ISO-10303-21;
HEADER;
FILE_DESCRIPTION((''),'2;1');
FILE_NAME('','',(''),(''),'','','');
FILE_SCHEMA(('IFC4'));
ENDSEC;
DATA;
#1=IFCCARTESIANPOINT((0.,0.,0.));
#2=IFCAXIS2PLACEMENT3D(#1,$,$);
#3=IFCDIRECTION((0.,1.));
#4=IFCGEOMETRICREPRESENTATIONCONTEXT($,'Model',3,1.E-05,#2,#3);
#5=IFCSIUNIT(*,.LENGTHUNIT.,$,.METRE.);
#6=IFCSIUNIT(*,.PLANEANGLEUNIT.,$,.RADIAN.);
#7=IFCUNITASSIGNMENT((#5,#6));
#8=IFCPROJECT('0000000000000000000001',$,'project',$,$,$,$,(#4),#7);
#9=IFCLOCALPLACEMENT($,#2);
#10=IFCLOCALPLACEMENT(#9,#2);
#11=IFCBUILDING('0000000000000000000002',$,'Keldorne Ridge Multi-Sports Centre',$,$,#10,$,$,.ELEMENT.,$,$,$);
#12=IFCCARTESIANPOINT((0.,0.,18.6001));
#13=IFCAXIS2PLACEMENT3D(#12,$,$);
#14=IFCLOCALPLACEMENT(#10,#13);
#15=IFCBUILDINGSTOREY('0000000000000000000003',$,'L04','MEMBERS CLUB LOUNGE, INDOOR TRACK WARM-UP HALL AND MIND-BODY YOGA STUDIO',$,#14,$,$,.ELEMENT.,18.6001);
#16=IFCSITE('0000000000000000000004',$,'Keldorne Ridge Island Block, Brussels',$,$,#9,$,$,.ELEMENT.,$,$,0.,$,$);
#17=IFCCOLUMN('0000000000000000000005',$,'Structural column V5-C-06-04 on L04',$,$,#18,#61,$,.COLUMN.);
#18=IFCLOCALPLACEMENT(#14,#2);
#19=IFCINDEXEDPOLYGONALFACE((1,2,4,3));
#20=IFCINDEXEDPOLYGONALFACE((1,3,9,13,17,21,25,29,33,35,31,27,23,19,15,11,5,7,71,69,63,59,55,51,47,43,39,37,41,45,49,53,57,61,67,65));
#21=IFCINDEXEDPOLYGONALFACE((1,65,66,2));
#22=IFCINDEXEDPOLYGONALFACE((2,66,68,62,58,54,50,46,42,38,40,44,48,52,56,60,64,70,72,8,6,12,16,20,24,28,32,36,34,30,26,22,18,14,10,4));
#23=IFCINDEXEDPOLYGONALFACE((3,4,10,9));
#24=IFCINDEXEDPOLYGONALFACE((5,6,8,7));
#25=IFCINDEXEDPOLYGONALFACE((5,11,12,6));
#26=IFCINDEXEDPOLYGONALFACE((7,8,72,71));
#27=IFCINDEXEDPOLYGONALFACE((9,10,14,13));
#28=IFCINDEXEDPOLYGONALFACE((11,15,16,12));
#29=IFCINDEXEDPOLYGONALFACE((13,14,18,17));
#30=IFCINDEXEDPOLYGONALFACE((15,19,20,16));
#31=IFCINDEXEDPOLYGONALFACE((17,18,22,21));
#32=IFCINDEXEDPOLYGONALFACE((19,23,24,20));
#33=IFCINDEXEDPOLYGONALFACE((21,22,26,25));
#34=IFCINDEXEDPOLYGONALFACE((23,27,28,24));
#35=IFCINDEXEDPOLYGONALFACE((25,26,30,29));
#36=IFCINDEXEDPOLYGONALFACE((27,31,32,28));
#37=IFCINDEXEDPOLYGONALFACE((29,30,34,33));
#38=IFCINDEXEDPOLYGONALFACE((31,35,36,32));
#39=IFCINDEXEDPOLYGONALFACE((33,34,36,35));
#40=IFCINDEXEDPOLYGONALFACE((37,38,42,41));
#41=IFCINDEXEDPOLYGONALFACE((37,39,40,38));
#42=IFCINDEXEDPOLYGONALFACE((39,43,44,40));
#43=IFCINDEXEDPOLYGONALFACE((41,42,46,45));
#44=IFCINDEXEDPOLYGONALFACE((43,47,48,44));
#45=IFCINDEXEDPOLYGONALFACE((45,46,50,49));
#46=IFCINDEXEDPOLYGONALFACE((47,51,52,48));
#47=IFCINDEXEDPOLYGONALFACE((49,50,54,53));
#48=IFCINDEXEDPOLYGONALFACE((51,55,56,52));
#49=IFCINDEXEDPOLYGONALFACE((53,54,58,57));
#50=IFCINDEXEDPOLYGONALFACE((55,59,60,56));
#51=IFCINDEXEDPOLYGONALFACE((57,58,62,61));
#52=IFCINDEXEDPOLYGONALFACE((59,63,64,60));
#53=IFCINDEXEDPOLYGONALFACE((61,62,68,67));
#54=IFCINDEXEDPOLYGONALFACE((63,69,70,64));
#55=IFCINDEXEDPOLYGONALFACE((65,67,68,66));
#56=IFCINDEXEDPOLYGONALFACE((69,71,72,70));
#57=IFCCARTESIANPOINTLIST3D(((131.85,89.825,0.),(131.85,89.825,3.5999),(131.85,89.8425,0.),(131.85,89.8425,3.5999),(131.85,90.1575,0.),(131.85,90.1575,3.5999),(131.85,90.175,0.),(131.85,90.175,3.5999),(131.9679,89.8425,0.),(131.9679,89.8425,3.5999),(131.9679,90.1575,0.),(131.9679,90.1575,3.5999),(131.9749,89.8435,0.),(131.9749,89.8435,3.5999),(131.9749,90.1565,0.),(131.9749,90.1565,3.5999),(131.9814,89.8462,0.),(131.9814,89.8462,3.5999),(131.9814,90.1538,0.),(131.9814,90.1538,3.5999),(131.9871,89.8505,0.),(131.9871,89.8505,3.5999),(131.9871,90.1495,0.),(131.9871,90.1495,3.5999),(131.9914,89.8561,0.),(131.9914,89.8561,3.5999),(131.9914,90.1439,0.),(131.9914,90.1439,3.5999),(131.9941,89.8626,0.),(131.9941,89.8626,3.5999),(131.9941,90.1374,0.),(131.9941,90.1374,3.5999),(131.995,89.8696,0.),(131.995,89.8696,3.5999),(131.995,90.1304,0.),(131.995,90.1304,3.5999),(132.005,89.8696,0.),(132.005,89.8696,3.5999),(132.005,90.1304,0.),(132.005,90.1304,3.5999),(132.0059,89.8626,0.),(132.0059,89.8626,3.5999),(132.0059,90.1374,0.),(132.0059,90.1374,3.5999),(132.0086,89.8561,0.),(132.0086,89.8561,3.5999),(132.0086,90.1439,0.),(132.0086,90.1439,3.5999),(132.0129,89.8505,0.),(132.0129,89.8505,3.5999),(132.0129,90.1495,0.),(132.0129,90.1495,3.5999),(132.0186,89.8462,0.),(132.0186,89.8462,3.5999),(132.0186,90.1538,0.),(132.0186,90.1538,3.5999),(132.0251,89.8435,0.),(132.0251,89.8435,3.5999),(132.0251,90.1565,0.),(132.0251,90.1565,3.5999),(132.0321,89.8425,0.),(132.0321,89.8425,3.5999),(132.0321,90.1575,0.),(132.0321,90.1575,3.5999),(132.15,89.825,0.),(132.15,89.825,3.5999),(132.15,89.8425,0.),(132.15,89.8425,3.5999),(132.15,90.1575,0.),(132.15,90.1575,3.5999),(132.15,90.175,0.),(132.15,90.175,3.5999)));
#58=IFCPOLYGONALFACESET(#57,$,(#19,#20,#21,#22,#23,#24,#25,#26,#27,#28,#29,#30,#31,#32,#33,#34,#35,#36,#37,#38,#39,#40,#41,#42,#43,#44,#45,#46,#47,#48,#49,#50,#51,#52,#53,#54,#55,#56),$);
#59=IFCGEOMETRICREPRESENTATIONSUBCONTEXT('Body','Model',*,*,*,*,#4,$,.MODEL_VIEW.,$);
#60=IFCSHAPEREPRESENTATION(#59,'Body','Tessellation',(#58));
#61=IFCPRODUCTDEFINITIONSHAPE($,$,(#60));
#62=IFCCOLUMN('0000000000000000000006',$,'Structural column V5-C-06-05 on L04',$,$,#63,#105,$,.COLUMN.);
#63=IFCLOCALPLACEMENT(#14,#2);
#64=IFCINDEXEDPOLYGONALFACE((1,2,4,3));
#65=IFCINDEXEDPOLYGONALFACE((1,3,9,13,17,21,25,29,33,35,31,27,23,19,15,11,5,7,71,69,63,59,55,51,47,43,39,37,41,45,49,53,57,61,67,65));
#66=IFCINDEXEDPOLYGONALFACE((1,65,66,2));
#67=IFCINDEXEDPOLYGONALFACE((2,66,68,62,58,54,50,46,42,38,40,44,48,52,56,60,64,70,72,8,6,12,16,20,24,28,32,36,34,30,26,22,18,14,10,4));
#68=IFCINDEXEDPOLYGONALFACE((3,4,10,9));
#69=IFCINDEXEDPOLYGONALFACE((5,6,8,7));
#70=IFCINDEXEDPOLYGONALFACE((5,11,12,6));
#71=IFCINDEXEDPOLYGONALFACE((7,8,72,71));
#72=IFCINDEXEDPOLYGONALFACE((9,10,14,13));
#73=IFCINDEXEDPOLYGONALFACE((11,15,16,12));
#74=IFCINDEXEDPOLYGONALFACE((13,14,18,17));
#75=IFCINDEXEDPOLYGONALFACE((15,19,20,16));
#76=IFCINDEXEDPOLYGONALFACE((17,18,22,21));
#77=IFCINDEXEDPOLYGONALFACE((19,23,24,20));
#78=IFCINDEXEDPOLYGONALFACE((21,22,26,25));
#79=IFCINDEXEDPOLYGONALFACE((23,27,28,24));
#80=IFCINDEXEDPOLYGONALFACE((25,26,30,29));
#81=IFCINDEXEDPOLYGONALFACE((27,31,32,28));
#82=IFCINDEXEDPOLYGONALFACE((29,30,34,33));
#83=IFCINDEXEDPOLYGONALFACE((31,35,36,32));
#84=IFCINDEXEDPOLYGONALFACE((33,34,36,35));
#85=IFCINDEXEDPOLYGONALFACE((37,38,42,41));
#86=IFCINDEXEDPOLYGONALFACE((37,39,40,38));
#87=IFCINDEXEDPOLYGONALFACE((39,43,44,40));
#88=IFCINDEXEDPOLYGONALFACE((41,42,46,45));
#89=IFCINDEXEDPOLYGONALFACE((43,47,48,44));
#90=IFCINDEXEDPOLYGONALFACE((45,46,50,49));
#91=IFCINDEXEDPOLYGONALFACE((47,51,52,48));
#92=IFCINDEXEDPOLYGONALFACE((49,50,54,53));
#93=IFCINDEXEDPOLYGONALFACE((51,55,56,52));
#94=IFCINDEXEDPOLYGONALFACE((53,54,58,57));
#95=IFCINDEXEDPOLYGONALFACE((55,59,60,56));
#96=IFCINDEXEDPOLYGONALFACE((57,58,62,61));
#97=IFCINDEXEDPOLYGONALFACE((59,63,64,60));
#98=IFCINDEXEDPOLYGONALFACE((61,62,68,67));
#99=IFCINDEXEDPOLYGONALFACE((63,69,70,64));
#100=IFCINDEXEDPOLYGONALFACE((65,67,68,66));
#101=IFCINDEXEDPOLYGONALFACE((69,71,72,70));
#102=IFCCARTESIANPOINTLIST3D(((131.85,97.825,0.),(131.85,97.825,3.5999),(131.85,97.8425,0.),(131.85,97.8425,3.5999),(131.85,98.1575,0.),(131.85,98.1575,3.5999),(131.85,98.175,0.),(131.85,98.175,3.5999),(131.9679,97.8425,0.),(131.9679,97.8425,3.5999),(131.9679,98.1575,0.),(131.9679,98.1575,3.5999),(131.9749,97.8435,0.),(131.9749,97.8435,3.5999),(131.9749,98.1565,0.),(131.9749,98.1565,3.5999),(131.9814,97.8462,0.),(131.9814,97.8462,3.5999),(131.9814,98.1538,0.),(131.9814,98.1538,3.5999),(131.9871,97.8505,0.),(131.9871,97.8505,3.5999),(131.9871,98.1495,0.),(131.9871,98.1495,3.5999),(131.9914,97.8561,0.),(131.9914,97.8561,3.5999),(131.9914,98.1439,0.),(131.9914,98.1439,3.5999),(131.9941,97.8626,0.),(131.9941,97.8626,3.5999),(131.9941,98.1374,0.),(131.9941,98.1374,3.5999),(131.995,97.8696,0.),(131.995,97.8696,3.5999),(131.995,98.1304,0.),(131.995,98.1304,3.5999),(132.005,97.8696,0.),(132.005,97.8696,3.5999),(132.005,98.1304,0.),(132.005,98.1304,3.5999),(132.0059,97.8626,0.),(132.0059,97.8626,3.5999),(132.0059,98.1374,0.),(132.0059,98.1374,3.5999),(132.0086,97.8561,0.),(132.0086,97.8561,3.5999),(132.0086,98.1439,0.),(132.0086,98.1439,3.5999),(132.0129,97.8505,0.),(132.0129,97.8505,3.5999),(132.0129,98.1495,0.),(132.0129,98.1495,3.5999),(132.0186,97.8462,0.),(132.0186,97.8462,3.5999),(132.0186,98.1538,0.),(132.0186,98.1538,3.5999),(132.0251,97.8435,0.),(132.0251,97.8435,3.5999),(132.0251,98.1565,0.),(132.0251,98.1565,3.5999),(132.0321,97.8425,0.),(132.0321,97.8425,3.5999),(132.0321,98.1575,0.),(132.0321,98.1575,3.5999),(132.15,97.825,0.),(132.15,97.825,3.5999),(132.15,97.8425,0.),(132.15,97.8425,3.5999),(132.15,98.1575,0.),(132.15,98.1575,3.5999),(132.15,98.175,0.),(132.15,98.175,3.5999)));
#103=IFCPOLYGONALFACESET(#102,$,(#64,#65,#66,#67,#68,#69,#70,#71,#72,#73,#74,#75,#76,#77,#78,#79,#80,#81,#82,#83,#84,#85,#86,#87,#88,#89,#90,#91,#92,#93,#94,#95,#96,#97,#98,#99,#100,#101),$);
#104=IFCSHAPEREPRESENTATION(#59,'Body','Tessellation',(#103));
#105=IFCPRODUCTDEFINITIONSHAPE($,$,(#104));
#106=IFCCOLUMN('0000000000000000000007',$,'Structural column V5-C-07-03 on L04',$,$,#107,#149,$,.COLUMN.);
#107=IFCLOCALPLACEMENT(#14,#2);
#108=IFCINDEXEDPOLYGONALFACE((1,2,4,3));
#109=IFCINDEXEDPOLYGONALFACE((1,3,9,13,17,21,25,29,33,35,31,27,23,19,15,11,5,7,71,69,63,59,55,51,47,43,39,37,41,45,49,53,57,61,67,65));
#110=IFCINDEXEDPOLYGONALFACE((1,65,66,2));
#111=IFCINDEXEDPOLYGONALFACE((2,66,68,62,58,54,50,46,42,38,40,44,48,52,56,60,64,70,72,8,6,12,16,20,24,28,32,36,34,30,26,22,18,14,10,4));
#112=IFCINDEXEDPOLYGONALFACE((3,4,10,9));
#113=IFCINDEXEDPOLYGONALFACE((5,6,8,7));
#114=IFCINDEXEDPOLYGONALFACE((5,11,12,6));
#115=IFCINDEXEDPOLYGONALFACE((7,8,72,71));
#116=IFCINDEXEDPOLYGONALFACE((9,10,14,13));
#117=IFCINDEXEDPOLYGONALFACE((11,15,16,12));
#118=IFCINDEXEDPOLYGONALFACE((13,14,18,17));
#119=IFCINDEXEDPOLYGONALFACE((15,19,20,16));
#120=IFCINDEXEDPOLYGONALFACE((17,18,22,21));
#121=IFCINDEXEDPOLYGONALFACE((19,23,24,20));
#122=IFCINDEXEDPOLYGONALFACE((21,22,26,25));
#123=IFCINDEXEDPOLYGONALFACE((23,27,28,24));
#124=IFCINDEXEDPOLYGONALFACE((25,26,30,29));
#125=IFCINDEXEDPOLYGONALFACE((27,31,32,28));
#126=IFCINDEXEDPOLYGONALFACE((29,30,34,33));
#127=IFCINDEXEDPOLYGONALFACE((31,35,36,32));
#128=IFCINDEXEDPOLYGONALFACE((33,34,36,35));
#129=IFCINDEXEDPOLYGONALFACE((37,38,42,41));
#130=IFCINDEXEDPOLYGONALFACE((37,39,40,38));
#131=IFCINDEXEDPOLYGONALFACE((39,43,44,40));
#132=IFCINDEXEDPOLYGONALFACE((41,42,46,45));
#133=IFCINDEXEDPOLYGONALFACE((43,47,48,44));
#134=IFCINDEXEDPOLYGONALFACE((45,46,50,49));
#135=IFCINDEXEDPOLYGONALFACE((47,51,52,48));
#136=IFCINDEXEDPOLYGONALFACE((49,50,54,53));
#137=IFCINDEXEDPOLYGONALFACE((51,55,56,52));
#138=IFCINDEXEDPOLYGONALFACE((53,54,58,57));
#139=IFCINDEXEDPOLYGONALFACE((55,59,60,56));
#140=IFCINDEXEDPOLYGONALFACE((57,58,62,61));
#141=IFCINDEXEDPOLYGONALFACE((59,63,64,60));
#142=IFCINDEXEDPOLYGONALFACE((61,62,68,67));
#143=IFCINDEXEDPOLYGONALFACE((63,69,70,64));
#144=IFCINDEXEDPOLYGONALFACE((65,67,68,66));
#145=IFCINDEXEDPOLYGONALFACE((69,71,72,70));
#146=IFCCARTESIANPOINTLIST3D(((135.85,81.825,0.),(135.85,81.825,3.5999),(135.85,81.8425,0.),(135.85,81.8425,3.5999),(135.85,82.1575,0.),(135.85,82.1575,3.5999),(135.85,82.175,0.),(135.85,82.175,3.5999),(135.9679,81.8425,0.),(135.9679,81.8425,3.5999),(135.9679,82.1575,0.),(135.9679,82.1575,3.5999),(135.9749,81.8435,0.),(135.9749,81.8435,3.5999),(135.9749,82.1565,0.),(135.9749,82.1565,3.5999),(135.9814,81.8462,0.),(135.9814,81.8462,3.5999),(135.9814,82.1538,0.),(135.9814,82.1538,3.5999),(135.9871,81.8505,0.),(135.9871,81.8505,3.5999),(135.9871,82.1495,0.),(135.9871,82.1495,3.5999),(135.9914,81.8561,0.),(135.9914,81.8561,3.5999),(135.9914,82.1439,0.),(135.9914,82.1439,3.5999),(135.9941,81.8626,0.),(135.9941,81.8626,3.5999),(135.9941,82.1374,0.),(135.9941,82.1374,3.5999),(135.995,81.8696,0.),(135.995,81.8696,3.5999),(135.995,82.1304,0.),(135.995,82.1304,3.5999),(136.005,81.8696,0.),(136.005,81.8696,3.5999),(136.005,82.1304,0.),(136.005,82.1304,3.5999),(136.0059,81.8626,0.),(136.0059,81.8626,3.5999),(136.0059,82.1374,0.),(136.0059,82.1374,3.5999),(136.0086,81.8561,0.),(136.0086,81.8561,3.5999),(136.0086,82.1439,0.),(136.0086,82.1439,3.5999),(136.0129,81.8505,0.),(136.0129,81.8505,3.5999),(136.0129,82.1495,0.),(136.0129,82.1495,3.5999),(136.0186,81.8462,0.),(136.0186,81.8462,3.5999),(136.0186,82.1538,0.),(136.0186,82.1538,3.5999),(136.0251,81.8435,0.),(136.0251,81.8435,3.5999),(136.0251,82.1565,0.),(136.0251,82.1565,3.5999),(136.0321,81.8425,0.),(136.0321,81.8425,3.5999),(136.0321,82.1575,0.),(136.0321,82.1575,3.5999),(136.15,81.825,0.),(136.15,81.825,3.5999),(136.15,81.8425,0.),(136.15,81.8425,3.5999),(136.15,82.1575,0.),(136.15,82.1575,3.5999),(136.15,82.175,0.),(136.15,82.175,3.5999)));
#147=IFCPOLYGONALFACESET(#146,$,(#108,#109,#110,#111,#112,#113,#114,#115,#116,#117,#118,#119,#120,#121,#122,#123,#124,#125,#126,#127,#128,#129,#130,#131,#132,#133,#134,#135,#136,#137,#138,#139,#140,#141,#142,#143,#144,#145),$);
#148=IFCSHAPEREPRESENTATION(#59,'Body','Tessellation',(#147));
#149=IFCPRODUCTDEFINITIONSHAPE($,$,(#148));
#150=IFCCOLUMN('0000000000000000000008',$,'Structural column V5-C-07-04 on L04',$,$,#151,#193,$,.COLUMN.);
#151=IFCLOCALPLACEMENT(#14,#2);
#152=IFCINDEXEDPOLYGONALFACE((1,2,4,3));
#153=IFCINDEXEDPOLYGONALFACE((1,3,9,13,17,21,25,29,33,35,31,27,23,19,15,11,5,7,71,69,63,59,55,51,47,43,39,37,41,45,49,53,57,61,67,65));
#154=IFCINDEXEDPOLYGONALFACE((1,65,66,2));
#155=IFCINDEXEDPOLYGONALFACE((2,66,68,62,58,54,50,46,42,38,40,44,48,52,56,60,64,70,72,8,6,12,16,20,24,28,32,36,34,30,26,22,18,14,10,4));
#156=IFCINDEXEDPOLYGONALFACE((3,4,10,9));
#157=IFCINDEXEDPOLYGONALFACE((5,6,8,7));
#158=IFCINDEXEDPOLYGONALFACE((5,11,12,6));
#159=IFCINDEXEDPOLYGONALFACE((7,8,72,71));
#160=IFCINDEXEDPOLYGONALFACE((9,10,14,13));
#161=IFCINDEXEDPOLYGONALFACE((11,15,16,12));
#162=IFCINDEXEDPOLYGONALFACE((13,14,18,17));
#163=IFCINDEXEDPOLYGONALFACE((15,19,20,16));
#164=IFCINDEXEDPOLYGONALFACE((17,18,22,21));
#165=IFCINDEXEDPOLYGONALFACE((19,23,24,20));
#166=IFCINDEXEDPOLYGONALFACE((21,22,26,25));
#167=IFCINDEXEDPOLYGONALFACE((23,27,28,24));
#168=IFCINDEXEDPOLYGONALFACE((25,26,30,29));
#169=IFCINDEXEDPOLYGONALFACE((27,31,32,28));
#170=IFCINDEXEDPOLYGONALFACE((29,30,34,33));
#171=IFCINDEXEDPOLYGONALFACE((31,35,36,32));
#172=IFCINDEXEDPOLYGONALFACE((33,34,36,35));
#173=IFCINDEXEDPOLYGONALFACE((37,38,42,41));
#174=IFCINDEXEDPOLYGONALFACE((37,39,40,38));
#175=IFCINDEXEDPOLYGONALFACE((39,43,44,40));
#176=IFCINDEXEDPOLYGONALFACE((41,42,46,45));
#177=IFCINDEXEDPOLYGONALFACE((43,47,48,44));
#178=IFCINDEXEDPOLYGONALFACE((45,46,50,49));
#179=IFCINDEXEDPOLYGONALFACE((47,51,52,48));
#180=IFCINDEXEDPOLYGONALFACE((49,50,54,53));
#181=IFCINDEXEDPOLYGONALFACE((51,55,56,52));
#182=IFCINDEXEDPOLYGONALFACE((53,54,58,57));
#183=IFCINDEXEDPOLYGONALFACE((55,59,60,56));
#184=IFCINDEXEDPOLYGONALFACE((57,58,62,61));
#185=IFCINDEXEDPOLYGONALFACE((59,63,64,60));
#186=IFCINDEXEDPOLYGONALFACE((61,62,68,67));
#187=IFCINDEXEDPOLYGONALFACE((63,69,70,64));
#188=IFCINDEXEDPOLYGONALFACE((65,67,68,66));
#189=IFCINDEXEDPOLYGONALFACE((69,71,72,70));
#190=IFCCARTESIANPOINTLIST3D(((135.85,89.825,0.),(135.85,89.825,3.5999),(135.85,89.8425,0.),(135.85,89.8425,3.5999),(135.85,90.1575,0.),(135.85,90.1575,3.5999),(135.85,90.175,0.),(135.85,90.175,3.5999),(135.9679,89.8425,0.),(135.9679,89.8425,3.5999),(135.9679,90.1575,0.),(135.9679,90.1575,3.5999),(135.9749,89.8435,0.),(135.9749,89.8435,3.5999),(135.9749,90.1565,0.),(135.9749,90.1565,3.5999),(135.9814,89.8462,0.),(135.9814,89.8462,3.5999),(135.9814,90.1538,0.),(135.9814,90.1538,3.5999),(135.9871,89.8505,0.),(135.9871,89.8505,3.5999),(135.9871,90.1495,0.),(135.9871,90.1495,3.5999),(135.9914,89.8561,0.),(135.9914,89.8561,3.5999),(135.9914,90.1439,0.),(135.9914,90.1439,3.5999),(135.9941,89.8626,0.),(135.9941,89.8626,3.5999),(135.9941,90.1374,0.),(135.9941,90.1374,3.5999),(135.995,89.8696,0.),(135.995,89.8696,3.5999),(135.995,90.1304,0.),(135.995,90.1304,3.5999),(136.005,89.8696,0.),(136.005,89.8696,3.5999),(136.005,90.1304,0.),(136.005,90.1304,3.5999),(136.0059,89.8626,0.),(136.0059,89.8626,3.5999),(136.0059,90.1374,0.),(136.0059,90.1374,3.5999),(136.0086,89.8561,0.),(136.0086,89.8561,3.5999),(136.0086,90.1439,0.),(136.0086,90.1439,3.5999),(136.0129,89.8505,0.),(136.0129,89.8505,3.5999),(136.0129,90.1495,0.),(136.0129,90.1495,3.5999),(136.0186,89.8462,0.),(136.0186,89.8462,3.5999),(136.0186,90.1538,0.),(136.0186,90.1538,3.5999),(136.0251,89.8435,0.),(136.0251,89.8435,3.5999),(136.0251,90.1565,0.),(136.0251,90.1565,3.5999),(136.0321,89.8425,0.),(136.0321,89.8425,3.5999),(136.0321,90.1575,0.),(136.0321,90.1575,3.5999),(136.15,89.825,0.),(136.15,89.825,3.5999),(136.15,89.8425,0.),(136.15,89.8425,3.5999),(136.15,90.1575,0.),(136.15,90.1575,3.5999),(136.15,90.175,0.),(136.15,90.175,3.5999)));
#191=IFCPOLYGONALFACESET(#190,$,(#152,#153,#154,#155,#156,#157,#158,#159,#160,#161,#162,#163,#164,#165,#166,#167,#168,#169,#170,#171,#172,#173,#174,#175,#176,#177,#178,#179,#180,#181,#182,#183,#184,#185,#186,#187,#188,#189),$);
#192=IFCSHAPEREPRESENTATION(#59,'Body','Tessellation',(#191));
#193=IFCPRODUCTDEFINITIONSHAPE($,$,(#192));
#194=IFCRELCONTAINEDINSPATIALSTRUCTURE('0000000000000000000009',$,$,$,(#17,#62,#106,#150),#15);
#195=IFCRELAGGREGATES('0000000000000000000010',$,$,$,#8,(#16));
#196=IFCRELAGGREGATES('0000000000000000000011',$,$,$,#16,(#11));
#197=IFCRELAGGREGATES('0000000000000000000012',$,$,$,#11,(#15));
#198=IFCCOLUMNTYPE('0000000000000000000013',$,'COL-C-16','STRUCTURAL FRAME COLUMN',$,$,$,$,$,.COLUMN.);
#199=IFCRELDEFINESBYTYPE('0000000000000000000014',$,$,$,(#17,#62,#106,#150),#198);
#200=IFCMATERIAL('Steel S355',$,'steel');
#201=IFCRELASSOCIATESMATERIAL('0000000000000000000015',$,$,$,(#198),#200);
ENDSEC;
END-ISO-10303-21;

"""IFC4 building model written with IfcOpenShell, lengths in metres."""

from ifc_helpers import new_model, si_unit, direction, frame, origin, origin_2d, place, context, subcontext, project, spatial, i_section, extrude, material, material_profile, profile_set, type_object, element, save


model = new_model("IFC4")

# Units and contexts
model_context = context("Model", 3, precision=1e-05, world=origin(), true_north=direction((0.0, 1.0)))
body_context = subcontext(model_context, "Body", "Model", "MODEL_VIEW")
ifc_project = project(units=[si_unit("LENGTHUNIT", "METRE"), si_unit("PLANEANGLEUNIT", "RADIAN")], contexts=[model_context])

# Site, building, storey
site_placement = place(None, origin())
site = spatial("IfcSite", under=ifc_project, at=site_placement, Name="Keldorne Ridge Island Block, Brussels", CompositionType="ELEMENT", RefElevation=0.0)
building_placement = place(site_placement, origin())
building = spatial("IfcBuilding", under=site, at=building_placement, Name="Keldorne Ridge Multi-Sports Centre", CompositionType="ELEMENT")
storey_placement = place(building_placement, frame((0.0, 0.0, 18.6001)))
storey = spatial("IfcBuildingStorey", under=building, at=storey_placement, Name="L04", Description="MEMBERS CLUB LOUNGE, INDOOR TRACK WARM-UP HALL AND MIND-BODY YOGA STUDIO", CompositionType="ELEMENT", Elevation=18.6001)

# Columns
ifc_material_1 = material(Name="Steel S355", Category="steel")
ifc_material_profile_1 = material_profile(ifc_material_1, i_section(OverallWidth=0.3, OverallDepth=0.3501, WebThickness=0.01, FlangeThickness=0.0176, FilletRadius=0.0271, at=origin_2d()), Name="HEA 360")
ifc_profile_set_1 = profile_set([ifc_material_profile_1], Name="Steel S355")
column_type = type_object("IfcColumnType", Name="COL-C-16", Description="STRUCTURAL FRAME COLUMN", PredefinedType="COLUMN", material=ifc_profile_set_1)
for number, where, z_axis, x_axis, name in (
    (1, (132.0, 90.0, 0.0), (0.0, 0.0, 1.0), (1.0, 0.0, 0.0), "Structural column V5-C-06-04 on L04"),
    (2, (132.0, 98.0, 0.0), (0.0, 0.0, 1.0), (1.0, 0.0, 0.0), "Structural column V5-C-06-05 on L04"),
    (3, (136.0, 82.0, 0.0), (0.0, 0.0, 1.0), (1.0, 0.0, 0.0), "Structural column V5-C-07-03 on L04"),
    (4, (136.0, 90.0, 0.0), (0.0, 0.0, 1.0), (1.0, 0.0, 0.0), "Structural column V5-C-07-04 on L04"),
):
    element("IfcColumn", number, at=place(storey_placement, frame(where, z_axis=z_axis, x_axis=x_axis)), inside=storey, type_object=column_type, Name=name, PredefinedType="COLUMN", context=body_context, shape_type="SweptSolid", body=[
        extrude(i_section(OverallWidth=0.3, OverallDepth=0.3501, WebThickness=0.01, FlangeThickness=0.0176, FilletRadius=0.0271, at=origin_2d()), origin(), (0.0, 0.0, 1.0), 3.5999),
    ])

save(model, "model.ifc")
